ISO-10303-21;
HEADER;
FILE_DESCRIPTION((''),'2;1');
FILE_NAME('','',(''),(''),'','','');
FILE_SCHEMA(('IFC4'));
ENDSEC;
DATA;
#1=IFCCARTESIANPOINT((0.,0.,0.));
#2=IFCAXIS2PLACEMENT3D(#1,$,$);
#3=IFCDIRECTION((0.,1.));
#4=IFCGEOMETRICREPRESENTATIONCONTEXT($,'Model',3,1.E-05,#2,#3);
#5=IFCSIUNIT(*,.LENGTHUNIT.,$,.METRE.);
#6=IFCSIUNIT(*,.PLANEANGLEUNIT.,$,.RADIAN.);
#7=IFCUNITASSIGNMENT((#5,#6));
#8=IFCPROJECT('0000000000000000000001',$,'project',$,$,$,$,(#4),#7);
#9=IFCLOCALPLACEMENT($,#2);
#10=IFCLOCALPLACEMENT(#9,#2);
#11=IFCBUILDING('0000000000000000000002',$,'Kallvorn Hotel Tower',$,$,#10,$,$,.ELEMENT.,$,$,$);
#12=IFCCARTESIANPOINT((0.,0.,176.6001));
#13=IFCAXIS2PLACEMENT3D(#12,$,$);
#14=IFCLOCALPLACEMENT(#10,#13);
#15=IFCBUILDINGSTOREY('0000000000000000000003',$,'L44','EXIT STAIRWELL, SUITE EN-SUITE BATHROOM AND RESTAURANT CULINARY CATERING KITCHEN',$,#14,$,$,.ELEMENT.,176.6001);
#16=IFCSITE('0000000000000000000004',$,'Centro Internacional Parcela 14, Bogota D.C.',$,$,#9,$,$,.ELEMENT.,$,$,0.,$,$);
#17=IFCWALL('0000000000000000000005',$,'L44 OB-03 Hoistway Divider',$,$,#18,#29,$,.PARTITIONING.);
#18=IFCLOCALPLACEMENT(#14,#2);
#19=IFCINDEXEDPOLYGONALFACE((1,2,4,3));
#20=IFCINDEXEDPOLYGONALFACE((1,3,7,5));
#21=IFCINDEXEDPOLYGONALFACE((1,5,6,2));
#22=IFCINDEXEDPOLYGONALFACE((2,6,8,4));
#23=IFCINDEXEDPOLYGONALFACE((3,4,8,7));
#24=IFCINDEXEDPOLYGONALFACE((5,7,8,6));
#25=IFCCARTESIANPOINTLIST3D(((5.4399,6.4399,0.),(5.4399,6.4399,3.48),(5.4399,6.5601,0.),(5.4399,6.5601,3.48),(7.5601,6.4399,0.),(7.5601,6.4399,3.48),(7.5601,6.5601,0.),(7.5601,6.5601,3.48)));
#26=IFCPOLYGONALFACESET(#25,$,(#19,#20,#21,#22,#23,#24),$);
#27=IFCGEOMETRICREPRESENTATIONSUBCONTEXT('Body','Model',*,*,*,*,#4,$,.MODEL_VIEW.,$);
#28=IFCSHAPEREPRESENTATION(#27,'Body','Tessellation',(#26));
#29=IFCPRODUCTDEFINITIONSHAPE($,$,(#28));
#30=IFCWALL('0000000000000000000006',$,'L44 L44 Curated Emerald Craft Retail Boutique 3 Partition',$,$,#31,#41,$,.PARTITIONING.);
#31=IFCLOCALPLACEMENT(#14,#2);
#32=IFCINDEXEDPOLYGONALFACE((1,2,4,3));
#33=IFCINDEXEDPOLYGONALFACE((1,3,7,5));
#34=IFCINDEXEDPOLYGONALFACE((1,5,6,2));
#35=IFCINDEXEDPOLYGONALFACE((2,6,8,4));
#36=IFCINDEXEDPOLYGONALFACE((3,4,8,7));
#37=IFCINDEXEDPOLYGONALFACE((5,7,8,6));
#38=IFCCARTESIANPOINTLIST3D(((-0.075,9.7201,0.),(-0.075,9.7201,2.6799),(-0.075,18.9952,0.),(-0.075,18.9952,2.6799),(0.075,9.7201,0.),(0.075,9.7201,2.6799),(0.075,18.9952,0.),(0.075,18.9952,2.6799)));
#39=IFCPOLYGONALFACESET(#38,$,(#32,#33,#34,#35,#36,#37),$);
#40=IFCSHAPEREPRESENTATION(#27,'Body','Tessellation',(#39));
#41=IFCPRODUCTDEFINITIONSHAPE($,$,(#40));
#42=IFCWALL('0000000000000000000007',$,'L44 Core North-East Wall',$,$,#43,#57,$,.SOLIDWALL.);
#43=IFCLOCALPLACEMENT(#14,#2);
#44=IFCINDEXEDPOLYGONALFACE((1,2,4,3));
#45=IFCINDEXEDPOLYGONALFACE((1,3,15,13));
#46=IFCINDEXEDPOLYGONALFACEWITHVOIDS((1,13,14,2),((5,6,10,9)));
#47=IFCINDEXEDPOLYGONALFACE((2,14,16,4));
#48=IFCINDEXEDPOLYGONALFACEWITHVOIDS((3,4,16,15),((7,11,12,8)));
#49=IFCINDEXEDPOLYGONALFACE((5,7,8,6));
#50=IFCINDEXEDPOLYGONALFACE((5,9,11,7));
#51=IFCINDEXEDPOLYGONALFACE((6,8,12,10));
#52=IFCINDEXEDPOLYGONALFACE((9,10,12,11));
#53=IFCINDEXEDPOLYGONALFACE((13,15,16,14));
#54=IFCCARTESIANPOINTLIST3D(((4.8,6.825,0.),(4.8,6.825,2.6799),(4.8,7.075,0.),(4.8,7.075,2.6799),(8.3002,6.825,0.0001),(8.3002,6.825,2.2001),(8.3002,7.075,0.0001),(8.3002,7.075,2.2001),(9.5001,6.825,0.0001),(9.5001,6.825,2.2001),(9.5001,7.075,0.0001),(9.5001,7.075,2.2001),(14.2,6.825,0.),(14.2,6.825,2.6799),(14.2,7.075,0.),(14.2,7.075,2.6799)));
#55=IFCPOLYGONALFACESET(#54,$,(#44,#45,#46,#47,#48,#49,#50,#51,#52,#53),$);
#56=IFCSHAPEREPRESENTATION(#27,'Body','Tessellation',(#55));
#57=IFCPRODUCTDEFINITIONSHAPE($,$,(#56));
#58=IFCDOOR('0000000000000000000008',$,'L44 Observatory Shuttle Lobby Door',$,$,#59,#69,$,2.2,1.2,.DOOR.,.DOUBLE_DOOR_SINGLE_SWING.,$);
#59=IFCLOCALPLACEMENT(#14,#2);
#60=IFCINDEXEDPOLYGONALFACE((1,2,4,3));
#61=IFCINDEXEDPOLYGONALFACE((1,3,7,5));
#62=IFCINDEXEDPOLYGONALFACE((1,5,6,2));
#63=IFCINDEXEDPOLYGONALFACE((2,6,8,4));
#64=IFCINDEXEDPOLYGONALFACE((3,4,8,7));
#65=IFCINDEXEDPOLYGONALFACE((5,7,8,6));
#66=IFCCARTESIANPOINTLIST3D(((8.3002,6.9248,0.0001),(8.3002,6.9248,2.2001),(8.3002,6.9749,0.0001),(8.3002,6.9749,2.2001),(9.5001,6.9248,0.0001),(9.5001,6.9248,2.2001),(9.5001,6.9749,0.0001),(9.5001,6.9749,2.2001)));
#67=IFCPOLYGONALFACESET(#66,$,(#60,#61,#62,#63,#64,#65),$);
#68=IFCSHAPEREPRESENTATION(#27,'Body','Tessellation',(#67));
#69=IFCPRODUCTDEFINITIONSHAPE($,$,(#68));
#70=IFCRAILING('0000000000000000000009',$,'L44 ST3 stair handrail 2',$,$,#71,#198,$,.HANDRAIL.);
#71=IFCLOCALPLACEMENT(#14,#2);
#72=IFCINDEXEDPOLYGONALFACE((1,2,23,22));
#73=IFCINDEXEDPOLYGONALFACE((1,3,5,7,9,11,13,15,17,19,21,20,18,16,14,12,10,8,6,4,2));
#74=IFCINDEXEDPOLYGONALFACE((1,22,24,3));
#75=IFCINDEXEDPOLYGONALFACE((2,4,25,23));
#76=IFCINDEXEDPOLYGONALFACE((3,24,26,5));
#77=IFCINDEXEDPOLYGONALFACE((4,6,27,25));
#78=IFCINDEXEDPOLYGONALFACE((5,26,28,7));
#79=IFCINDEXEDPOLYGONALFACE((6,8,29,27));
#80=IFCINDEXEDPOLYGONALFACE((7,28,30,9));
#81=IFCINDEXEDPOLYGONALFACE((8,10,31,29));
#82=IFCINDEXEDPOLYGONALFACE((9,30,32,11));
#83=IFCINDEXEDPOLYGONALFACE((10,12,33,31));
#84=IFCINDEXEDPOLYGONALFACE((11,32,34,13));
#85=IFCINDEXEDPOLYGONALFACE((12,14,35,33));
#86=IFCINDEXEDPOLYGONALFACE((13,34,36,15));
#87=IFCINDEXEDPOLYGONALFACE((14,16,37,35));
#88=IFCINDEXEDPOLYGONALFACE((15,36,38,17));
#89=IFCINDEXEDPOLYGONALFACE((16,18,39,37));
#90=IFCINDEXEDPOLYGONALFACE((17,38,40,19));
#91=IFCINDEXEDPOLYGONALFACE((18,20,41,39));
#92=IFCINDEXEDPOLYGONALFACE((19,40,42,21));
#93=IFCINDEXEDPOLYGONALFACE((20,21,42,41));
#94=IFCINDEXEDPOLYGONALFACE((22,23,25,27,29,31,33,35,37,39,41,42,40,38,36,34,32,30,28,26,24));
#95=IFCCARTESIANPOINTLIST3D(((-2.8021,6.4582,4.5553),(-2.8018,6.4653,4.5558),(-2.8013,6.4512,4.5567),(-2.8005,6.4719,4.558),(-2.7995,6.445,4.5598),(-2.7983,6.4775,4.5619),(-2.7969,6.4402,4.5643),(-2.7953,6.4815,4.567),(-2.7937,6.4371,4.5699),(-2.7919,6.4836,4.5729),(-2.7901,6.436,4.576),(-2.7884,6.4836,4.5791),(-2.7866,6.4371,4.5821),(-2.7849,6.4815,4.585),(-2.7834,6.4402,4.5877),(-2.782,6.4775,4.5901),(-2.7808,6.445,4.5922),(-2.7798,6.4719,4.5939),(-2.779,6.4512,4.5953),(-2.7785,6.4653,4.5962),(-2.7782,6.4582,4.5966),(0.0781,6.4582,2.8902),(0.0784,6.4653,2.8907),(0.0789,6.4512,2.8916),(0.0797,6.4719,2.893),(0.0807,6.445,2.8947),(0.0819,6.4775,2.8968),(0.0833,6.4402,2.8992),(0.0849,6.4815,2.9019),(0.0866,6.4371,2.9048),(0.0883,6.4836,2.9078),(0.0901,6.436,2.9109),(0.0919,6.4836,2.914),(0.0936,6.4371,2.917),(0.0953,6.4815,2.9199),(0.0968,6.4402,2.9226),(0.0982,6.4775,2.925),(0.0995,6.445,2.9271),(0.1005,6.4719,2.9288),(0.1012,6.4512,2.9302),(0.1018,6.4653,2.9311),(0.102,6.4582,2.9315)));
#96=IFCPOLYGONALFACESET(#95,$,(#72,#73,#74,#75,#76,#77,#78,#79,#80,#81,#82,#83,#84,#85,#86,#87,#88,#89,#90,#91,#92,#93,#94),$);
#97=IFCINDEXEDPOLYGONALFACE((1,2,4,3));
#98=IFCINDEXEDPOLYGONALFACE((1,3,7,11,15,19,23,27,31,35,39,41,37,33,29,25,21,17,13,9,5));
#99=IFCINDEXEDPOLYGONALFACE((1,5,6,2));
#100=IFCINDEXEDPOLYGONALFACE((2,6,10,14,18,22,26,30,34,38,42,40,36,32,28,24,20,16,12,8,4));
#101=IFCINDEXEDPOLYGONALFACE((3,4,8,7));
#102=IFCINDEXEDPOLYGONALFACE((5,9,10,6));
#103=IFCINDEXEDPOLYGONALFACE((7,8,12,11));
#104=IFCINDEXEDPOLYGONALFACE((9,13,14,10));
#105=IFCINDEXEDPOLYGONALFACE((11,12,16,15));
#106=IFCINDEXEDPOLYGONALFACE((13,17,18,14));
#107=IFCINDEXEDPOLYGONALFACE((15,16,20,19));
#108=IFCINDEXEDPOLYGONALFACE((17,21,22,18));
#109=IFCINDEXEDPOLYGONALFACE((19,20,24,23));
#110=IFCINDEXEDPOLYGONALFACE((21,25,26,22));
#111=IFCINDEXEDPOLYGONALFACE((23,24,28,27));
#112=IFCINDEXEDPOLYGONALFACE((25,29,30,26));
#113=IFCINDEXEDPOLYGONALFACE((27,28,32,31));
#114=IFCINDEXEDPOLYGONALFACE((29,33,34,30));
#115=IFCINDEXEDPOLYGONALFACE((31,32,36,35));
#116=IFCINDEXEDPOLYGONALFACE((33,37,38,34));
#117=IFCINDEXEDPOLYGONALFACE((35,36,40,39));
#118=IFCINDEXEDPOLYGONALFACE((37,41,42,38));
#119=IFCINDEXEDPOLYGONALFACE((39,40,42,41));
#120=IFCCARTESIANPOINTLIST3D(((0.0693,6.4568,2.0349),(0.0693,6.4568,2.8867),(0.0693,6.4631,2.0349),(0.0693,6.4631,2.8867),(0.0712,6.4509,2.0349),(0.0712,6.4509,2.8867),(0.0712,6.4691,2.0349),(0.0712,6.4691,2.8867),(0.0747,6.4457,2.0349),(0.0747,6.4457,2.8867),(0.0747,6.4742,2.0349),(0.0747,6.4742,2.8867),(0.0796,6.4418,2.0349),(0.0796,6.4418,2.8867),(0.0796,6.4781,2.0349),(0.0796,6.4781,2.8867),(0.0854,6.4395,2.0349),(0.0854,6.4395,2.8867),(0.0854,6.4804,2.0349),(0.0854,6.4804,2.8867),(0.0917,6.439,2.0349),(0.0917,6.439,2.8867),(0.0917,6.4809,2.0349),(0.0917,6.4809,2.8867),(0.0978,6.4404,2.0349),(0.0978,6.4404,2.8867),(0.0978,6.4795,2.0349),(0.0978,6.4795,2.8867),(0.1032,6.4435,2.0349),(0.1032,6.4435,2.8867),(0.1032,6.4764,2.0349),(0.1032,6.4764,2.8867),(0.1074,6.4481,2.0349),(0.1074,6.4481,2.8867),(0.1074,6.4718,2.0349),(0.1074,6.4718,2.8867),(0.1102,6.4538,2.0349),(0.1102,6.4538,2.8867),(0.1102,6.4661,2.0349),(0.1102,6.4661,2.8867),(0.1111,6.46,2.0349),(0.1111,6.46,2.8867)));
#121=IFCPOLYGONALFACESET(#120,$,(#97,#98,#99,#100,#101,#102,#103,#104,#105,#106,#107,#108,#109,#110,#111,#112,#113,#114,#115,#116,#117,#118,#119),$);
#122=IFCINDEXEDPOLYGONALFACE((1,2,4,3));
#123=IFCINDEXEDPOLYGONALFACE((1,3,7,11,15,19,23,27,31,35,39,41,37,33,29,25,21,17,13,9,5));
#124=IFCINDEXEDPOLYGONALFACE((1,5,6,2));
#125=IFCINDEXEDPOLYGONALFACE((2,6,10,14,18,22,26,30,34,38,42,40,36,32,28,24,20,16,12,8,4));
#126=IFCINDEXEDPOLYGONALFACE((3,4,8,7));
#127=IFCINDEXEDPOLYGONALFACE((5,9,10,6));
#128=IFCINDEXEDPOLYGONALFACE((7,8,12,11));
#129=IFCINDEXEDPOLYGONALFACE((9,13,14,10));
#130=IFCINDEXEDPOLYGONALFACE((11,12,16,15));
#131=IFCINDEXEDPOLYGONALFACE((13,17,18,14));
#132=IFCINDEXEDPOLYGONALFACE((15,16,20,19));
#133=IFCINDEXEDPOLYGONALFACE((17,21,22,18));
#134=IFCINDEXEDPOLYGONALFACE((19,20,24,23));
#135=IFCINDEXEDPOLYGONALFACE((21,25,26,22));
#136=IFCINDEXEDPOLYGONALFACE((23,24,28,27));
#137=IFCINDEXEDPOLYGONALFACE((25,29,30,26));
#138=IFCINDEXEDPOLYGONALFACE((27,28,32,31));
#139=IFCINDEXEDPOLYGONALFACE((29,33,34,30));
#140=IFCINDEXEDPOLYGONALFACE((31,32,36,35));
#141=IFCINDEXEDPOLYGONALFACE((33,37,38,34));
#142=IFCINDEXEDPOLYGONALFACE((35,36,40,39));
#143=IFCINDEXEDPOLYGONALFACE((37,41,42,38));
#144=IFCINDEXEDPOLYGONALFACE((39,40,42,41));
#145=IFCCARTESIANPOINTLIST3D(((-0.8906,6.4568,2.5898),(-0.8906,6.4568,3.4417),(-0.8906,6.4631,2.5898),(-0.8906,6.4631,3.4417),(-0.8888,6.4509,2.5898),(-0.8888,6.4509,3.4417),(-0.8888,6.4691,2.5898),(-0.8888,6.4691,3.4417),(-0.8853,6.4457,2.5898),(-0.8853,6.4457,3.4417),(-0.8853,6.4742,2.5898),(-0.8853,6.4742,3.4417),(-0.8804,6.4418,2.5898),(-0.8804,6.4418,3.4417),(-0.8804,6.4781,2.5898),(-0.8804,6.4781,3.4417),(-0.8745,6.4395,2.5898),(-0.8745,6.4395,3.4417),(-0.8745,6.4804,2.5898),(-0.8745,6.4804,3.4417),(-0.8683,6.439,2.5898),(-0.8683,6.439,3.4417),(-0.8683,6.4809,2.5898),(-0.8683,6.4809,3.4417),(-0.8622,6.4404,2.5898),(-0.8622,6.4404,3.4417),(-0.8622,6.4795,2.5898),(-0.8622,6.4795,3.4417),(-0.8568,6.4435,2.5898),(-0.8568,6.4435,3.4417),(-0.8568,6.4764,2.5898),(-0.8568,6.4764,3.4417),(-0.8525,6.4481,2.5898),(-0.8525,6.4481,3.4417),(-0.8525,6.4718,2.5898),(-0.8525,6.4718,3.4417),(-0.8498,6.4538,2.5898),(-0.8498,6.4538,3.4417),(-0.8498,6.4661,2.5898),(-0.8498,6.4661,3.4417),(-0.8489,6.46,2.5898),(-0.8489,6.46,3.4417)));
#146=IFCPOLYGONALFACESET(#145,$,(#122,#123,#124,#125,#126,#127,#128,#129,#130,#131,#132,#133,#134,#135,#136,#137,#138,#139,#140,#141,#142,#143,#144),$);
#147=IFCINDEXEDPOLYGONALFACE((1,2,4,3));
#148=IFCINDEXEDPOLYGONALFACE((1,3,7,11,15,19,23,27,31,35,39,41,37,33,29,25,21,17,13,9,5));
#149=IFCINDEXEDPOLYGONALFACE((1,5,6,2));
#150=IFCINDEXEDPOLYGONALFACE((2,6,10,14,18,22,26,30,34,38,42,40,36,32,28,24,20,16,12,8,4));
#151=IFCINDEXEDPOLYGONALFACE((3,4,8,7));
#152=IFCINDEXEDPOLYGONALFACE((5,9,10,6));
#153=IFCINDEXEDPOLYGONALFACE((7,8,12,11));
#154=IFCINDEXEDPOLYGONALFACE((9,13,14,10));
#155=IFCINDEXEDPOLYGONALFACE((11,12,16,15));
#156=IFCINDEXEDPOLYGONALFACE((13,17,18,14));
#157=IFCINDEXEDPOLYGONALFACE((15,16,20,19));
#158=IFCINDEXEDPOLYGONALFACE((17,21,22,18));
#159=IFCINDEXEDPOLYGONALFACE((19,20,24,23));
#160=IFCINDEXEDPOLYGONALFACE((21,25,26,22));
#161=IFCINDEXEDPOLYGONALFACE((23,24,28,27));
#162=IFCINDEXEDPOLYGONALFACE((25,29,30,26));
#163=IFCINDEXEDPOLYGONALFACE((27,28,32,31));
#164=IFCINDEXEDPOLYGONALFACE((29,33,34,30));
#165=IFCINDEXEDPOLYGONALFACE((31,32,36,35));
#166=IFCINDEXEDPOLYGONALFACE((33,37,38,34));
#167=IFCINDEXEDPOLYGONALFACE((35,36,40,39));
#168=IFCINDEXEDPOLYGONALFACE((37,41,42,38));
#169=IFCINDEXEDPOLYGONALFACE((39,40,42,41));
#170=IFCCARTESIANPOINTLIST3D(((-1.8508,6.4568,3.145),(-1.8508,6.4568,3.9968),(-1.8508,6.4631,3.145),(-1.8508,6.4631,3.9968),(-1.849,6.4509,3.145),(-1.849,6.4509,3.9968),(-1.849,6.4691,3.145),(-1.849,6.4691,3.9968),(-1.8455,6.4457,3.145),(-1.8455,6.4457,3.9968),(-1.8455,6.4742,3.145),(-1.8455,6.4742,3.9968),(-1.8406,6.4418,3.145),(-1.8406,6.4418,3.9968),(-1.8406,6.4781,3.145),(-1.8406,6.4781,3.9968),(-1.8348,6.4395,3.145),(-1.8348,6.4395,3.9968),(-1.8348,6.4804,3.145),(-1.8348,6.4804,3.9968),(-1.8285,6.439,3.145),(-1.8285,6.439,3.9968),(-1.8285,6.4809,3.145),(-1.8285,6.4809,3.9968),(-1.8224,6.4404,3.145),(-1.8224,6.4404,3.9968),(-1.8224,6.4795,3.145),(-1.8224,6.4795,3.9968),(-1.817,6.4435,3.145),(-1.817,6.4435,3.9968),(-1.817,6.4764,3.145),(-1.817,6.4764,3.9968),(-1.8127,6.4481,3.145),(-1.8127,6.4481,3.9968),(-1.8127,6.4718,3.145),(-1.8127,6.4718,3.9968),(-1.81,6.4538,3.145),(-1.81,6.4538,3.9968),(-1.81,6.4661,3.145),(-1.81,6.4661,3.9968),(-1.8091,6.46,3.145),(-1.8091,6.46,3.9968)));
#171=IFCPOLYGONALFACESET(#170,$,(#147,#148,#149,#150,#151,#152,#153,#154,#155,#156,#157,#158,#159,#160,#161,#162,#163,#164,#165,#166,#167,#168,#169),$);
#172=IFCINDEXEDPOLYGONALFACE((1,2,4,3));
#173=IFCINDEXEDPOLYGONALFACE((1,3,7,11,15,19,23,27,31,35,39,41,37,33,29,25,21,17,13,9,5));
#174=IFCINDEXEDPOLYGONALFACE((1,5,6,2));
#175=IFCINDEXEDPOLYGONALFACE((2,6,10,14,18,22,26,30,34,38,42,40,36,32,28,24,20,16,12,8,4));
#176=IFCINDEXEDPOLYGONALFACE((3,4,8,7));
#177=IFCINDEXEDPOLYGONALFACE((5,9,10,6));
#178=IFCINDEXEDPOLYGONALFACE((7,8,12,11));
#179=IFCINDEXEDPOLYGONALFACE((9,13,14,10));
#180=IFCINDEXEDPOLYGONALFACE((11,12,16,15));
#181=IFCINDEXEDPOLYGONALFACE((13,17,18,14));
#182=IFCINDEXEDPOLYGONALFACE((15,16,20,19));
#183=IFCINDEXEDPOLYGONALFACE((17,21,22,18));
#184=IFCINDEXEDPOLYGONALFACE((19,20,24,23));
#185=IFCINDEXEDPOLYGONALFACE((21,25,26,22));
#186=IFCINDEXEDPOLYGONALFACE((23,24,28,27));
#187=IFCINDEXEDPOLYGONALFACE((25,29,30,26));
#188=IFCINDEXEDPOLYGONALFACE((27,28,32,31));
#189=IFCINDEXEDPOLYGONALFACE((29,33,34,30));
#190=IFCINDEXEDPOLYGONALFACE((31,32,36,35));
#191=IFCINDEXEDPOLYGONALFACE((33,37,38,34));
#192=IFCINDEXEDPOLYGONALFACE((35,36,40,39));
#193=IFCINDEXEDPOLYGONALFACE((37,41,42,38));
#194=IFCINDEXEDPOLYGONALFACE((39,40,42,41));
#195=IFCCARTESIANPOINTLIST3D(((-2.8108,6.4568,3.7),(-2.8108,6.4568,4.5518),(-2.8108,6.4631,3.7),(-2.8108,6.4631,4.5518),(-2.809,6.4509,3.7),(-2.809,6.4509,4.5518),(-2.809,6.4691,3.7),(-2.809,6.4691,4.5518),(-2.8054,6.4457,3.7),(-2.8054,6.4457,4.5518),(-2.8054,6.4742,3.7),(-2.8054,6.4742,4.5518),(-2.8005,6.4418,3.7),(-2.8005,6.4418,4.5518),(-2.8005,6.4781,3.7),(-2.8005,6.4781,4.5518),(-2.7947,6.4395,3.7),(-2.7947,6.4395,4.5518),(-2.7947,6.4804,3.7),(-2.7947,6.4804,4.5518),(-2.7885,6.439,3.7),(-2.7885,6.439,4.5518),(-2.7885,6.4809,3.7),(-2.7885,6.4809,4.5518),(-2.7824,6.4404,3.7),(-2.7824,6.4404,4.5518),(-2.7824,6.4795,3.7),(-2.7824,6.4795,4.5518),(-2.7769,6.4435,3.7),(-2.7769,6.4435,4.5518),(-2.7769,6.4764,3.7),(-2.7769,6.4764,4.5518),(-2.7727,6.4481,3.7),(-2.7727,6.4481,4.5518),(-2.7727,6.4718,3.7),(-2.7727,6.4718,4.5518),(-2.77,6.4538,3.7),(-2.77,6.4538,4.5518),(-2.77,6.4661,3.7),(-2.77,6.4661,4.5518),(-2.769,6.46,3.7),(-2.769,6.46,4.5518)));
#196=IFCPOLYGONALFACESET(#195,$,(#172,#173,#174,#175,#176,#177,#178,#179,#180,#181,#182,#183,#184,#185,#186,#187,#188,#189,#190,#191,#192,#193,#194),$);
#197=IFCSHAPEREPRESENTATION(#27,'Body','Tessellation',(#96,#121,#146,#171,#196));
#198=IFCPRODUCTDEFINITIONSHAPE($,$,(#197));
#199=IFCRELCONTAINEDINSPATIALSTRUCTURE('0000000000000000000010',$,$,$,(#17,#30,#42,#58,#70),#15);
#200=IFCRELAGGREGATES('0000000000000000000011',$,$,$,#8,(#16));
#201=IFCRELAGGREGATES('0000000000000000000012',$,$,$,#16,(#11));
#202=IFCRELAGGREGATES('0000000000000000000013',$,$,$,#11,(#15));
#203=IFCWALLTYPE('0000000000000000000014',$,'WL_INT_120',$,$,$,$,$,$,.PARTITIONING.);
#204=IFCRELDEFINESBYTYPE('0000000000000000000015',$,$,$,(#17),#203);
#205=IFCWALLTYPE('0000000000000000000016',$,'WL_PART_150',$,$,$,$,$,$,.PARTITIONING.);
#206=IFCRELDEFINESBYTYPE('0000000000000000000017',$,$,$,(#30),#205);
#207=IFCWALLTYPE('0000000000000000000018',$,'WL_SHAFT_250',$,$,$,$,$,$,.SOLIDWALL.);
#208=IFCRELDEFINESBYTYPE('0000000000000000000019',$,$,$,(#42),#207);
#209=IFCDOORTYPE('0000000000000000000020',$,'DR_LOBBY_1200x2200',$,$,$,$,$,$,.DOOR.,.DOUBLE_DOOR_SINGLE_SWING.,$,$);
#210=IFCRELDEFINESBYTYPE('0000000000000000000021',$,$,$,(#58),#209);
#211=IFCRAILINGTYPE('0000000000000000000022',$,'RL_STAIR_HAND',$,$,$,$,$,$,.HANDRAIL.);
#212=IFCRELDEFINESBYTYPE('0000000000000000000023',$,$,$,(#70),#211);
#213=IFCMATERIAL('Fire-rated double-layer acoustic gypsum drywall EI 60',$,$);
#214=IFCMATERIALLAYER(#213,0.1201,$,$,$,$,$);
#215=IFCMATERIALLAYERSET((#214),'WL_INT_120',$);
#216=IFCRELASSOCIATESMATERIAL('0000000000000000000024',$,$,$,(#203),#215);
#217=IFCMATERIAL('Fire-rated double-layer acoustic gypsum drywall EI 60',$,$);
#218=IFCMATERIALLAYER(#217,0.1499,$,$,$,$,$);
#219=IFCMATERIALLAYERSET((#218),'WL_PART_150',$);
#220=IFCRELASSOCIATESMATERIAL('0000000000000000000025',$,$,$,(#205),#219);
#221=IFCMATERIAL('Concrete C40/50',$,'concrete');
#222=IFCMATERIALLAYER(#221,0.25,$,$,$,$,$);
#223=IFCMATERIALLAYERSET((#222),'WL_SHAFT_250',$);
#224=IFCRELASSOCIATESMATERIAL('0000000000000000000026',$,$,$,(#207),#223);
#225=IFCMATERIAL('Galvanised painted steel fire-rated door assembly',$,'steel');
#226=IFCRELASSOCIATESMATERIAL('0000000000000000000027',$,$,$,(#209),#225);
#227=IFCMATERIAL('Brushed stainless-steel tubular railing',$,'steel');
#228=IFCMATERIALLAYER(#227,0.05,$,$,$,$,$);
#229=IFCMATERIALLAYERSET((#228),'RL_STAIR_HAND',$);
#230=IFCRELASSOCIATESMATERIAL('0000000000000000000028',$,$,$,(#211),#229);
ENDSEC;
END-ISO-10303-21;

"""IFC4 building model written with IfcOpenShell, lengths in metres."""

from ifc_helpers import new_model, si_unit, direction, frame, frame_2d, origin, origin_2d, place, context, subcontext, project, spatial, rectangle, circle, extrude, material, layer, layer_set, type_object, element, fill, save


model = new_model("IFC4")

# Units and contexts
model_context = context("Model", 3, precision=1e-05, world=origin(), true_north=direction((0.0, 1.0)))
body_context = subcontext(model_context, "Body", "Model", "MODEL_VIEW")
ifc_project = project(units=[si_unit("LENGTHUNIT", "METRE"), si_unit("PLANEANGLEUNIT", "RADIAN")], contexts=[model_context])

# Site, building, storey
site_placement = place(None, origin())
site = spatial("IfcSite", under=ifc_project, at=site_placement, Name="Centro Internacional Parcela 14, Bogota D.C.", CompositionType="ELEMENT", RefElevation=0.0)
building_placement = place(site_placement, origin())
building = spatial("IfcBuilding", under=site, at=building_placement, Name="Kallvorn Hotel Tower", CompositionType="ELEMENT")
storey_placement = place(building_placement, frame((0.0, 0.0, 176.6001)))
storey = spatial("IfcBuildingStorey", under=building, at=storey_placement, Name="L44", Description="EXIT STAIRWELL, SUITE EN-SUITE BATHROOM AND RESTAURANT CULINARY CATERING KITCHEN", CompositionType="ELEMENT", Elevation=176.6001)

# Walls
ifc_material_1 = material(Name="Fire-rated double-layer acoustic gypsum drywall EI 60")
ifc_layer_1 = layer(ifc_material_1, 0.1201)
ifc_layer_set_1 = layer_set([ifc_layer_1], Name="WL_INT_120")
wall_type_1 = type_object("IfcWallType", Name="WL_INT_120", PredefinedType="PARTITIONING", material=ifc_layer_set_1)
wall_1_placement = place(storey_placement, frame((5.4399, 6.5, 0.0), z_axis=(0.0, 0.0, 1.0), x_axis=(1.0, 0.0, 0.0)))
element("IfcWall", 1, at=wall_1_placement, inside=storey, type_object=wall_type_1, Name="L44 OB-03 Hoistway Divider", PredefinedType="PARTITIONING", context=body_context, shape_type="SweptSolid", body=[
    extrude(rectangle(XDim=2.1201, YDim=0.1201, at=frame_2d((1.0601, 0.0))), origin(), (0.0, 0.0, 1.0), 3.48),
])
ifc_material_2 = material(Name="Fire-rated double-layer acoustic gypsum drywall EI 60")
ifc_layer_2 = layer(ifc_material_2, 0.1499)
ifc_layer_set_2 = layer_set([ifc_layer_2], Name="WL_PART_150")
wall_type_2 = type_object("IfcWallType", Name="WL_PART_150", PredefinedType="PARTITIONING", material=ifc_layer_set_2)
wall_2_placement = place(storey_placement, frame((0.0, 9.72, 0.0), z_axis=(0.0, 0.0, 1.0), x_axis=(0.0, 1.0, 0.0)))
element("IfcWall", 2, at=wall_2_placement, inside=storey, type_object=wall_type_2, Name="L44 L44 Curated Emerald Craft Retail Boutique 3 Partition", PredefinedType="PARTITIONING", context=body_context, shape_type="SweptSolid", body=[
    extrude(rectangle(XDim=9.2751, YDim=0.1499, at=frame_2d((4.6377, 0.0))), origin(), (0.0, 0.0, 1.0), 2.6799),
])

# Wall, opening, door
ifc_material_3 = material(Name="Concrete C40/50", Category="concrete")
ifc_layer_3 = layer(ifc_material_3, 0.25)
ifc_layer_set_3 = layer_set([ifc_layer_3], Name="WL_SHAFT_250")
wall_type_3 = type_object("IfcWallType", Name="WL_SHAFT_250", PredefinedType="SOLIDWALL", material=ifc_layer_set_3)
wall_3_placement = place(storey_placement, frame((4.8, 6.95, 0.0), z_axis=(0.0, 0.0, 1.0), x_axis=(1.0, 0.0, 0.0)))
wall_3 = element("IfcWall", 3, at=wall_3_placement, inside=storey, type_object=wall_type_3, Name="L44 Core North-East Wall", PredefinedType="SOLIDWALL", context=body_context, shape_type="SweptSolid", body=[
    extrude(rectangle(XDim=9.3999, YDim=0.25, at=frame_2d((4.7, 0.0))), origin(), (0.0, 0.0, 1.0), 2.6799),
])
opening_1_placement = place(wall_3_placement, frame((3.5, 0.0, 0.0)))
opening_1 = element("IfcOpeningElement", 4, at=opening_1_placement, cuts=wall_3, PredefinedType="OPENING", context=body_context, shape_type="SweptSolid", body=[
    extrude(rectangle(XDim=1.2, YDim=2.2, at=frame_2d((0.6001, 1.1001))), frame((0.0, 0.1399, 0.0), z_axis=(0.0, -1.0, 0.0), x_axis=(1.0, 0.0, 0.0)), (0.0, 0.0, 1.0), 0.28),
])
ifc_material_4 = material(Name="Galvanised painted steel fire-rated door assembly", Category="steel")
door_type = type_object("IfcDoorType", Name="DR_LOBBY_1200x2200", OperationType="DOUBLE_DOOR_SINGLE_SWING", PredefinedType="DOOR", material=ifc_material_4)
door_placement = place(opening_1_placement, origin())
door = element("IfcDoor", 5, at=door_placement, inside=storey, type_object=door_type, Name="L44 Observatory Shuttle Lobby Door", OperationType="DOUBLE_DOOR_SINGLE_SWING", OverallHeight=2.2, OverallWidth=1.2, PredefinedType="DOOR", context=body_context, shape_type="SweptSolid", body=[
    extrude(rectangle(XDim=1.2, YDim=2.2, at=frame_2d((0.6001, 1.1001))), frame((0.0, 0.0249, 0.0), z_axis=(0.0, -1.0, 0.0), x_axis=(1.0, 0.0, 0.0)), (0.0, 0.0, 1.0), 0.05),
])
fill(opening_1, door)

# Railing
ifc_material_5 = material(Name="Brushed stainless-steel tubular railing", Category="steel")
ifc_layer_4 = layer(ifc_material_5, 0.05)
ifc_layer_set_4 = layer_set([ifc_layer_4], Name="RL_STAIR_HAND")
railing_type = type_object("IfcRailingType", Name="RL_STAIR_HAND", PredefinedType="HANDRAIL", material=ifc_layer_set_4)
railing_placement = place(storey_placement, frame((0.0901, 6.46, 2.0349)))
element("IfcRailing", 6, at=railing_placement, inside=storey, type_object=railing_type, Name="L44 ST3 stair handrail 2", PredefinedType="HANDRAIL", context=body_context, shape_type="SweptSolid", body=[
    extrude(circle(Radius=0.0239, at=origin_2d()), frame((0.0, 0.0, 0.876), z_axis=(-0.865739, 0.0, 0.500495), x_axis=(0.0, -1.0, 0.0)), (0.0, 0.0, 1.0), 3.3269),
    extrude(circle(Radius=0.021, at=origin_2d()), origin(), (0.0, 0.0, 1.0), 0.8518),
    extrude(circle(Radius=0.021, at=origin_2d()), frame((-0.96, 0.0, 0.5549)), (0.0, 0.0, 1.0), 0.8518),
    extrude(circle(Radius=0.021, at=origin_2d()), frame((-1.9202, 0.0, 1.1101)), (0.0, 0.0, 1.0), 0.8518),
    extrude(circle(Radius=0.021, at=origin_2d()), frame((-2.8801, 0.0, 1.665)), (0.0, 0.0, 1.0), 0.8518),
])

save(model, "model.ifc")
